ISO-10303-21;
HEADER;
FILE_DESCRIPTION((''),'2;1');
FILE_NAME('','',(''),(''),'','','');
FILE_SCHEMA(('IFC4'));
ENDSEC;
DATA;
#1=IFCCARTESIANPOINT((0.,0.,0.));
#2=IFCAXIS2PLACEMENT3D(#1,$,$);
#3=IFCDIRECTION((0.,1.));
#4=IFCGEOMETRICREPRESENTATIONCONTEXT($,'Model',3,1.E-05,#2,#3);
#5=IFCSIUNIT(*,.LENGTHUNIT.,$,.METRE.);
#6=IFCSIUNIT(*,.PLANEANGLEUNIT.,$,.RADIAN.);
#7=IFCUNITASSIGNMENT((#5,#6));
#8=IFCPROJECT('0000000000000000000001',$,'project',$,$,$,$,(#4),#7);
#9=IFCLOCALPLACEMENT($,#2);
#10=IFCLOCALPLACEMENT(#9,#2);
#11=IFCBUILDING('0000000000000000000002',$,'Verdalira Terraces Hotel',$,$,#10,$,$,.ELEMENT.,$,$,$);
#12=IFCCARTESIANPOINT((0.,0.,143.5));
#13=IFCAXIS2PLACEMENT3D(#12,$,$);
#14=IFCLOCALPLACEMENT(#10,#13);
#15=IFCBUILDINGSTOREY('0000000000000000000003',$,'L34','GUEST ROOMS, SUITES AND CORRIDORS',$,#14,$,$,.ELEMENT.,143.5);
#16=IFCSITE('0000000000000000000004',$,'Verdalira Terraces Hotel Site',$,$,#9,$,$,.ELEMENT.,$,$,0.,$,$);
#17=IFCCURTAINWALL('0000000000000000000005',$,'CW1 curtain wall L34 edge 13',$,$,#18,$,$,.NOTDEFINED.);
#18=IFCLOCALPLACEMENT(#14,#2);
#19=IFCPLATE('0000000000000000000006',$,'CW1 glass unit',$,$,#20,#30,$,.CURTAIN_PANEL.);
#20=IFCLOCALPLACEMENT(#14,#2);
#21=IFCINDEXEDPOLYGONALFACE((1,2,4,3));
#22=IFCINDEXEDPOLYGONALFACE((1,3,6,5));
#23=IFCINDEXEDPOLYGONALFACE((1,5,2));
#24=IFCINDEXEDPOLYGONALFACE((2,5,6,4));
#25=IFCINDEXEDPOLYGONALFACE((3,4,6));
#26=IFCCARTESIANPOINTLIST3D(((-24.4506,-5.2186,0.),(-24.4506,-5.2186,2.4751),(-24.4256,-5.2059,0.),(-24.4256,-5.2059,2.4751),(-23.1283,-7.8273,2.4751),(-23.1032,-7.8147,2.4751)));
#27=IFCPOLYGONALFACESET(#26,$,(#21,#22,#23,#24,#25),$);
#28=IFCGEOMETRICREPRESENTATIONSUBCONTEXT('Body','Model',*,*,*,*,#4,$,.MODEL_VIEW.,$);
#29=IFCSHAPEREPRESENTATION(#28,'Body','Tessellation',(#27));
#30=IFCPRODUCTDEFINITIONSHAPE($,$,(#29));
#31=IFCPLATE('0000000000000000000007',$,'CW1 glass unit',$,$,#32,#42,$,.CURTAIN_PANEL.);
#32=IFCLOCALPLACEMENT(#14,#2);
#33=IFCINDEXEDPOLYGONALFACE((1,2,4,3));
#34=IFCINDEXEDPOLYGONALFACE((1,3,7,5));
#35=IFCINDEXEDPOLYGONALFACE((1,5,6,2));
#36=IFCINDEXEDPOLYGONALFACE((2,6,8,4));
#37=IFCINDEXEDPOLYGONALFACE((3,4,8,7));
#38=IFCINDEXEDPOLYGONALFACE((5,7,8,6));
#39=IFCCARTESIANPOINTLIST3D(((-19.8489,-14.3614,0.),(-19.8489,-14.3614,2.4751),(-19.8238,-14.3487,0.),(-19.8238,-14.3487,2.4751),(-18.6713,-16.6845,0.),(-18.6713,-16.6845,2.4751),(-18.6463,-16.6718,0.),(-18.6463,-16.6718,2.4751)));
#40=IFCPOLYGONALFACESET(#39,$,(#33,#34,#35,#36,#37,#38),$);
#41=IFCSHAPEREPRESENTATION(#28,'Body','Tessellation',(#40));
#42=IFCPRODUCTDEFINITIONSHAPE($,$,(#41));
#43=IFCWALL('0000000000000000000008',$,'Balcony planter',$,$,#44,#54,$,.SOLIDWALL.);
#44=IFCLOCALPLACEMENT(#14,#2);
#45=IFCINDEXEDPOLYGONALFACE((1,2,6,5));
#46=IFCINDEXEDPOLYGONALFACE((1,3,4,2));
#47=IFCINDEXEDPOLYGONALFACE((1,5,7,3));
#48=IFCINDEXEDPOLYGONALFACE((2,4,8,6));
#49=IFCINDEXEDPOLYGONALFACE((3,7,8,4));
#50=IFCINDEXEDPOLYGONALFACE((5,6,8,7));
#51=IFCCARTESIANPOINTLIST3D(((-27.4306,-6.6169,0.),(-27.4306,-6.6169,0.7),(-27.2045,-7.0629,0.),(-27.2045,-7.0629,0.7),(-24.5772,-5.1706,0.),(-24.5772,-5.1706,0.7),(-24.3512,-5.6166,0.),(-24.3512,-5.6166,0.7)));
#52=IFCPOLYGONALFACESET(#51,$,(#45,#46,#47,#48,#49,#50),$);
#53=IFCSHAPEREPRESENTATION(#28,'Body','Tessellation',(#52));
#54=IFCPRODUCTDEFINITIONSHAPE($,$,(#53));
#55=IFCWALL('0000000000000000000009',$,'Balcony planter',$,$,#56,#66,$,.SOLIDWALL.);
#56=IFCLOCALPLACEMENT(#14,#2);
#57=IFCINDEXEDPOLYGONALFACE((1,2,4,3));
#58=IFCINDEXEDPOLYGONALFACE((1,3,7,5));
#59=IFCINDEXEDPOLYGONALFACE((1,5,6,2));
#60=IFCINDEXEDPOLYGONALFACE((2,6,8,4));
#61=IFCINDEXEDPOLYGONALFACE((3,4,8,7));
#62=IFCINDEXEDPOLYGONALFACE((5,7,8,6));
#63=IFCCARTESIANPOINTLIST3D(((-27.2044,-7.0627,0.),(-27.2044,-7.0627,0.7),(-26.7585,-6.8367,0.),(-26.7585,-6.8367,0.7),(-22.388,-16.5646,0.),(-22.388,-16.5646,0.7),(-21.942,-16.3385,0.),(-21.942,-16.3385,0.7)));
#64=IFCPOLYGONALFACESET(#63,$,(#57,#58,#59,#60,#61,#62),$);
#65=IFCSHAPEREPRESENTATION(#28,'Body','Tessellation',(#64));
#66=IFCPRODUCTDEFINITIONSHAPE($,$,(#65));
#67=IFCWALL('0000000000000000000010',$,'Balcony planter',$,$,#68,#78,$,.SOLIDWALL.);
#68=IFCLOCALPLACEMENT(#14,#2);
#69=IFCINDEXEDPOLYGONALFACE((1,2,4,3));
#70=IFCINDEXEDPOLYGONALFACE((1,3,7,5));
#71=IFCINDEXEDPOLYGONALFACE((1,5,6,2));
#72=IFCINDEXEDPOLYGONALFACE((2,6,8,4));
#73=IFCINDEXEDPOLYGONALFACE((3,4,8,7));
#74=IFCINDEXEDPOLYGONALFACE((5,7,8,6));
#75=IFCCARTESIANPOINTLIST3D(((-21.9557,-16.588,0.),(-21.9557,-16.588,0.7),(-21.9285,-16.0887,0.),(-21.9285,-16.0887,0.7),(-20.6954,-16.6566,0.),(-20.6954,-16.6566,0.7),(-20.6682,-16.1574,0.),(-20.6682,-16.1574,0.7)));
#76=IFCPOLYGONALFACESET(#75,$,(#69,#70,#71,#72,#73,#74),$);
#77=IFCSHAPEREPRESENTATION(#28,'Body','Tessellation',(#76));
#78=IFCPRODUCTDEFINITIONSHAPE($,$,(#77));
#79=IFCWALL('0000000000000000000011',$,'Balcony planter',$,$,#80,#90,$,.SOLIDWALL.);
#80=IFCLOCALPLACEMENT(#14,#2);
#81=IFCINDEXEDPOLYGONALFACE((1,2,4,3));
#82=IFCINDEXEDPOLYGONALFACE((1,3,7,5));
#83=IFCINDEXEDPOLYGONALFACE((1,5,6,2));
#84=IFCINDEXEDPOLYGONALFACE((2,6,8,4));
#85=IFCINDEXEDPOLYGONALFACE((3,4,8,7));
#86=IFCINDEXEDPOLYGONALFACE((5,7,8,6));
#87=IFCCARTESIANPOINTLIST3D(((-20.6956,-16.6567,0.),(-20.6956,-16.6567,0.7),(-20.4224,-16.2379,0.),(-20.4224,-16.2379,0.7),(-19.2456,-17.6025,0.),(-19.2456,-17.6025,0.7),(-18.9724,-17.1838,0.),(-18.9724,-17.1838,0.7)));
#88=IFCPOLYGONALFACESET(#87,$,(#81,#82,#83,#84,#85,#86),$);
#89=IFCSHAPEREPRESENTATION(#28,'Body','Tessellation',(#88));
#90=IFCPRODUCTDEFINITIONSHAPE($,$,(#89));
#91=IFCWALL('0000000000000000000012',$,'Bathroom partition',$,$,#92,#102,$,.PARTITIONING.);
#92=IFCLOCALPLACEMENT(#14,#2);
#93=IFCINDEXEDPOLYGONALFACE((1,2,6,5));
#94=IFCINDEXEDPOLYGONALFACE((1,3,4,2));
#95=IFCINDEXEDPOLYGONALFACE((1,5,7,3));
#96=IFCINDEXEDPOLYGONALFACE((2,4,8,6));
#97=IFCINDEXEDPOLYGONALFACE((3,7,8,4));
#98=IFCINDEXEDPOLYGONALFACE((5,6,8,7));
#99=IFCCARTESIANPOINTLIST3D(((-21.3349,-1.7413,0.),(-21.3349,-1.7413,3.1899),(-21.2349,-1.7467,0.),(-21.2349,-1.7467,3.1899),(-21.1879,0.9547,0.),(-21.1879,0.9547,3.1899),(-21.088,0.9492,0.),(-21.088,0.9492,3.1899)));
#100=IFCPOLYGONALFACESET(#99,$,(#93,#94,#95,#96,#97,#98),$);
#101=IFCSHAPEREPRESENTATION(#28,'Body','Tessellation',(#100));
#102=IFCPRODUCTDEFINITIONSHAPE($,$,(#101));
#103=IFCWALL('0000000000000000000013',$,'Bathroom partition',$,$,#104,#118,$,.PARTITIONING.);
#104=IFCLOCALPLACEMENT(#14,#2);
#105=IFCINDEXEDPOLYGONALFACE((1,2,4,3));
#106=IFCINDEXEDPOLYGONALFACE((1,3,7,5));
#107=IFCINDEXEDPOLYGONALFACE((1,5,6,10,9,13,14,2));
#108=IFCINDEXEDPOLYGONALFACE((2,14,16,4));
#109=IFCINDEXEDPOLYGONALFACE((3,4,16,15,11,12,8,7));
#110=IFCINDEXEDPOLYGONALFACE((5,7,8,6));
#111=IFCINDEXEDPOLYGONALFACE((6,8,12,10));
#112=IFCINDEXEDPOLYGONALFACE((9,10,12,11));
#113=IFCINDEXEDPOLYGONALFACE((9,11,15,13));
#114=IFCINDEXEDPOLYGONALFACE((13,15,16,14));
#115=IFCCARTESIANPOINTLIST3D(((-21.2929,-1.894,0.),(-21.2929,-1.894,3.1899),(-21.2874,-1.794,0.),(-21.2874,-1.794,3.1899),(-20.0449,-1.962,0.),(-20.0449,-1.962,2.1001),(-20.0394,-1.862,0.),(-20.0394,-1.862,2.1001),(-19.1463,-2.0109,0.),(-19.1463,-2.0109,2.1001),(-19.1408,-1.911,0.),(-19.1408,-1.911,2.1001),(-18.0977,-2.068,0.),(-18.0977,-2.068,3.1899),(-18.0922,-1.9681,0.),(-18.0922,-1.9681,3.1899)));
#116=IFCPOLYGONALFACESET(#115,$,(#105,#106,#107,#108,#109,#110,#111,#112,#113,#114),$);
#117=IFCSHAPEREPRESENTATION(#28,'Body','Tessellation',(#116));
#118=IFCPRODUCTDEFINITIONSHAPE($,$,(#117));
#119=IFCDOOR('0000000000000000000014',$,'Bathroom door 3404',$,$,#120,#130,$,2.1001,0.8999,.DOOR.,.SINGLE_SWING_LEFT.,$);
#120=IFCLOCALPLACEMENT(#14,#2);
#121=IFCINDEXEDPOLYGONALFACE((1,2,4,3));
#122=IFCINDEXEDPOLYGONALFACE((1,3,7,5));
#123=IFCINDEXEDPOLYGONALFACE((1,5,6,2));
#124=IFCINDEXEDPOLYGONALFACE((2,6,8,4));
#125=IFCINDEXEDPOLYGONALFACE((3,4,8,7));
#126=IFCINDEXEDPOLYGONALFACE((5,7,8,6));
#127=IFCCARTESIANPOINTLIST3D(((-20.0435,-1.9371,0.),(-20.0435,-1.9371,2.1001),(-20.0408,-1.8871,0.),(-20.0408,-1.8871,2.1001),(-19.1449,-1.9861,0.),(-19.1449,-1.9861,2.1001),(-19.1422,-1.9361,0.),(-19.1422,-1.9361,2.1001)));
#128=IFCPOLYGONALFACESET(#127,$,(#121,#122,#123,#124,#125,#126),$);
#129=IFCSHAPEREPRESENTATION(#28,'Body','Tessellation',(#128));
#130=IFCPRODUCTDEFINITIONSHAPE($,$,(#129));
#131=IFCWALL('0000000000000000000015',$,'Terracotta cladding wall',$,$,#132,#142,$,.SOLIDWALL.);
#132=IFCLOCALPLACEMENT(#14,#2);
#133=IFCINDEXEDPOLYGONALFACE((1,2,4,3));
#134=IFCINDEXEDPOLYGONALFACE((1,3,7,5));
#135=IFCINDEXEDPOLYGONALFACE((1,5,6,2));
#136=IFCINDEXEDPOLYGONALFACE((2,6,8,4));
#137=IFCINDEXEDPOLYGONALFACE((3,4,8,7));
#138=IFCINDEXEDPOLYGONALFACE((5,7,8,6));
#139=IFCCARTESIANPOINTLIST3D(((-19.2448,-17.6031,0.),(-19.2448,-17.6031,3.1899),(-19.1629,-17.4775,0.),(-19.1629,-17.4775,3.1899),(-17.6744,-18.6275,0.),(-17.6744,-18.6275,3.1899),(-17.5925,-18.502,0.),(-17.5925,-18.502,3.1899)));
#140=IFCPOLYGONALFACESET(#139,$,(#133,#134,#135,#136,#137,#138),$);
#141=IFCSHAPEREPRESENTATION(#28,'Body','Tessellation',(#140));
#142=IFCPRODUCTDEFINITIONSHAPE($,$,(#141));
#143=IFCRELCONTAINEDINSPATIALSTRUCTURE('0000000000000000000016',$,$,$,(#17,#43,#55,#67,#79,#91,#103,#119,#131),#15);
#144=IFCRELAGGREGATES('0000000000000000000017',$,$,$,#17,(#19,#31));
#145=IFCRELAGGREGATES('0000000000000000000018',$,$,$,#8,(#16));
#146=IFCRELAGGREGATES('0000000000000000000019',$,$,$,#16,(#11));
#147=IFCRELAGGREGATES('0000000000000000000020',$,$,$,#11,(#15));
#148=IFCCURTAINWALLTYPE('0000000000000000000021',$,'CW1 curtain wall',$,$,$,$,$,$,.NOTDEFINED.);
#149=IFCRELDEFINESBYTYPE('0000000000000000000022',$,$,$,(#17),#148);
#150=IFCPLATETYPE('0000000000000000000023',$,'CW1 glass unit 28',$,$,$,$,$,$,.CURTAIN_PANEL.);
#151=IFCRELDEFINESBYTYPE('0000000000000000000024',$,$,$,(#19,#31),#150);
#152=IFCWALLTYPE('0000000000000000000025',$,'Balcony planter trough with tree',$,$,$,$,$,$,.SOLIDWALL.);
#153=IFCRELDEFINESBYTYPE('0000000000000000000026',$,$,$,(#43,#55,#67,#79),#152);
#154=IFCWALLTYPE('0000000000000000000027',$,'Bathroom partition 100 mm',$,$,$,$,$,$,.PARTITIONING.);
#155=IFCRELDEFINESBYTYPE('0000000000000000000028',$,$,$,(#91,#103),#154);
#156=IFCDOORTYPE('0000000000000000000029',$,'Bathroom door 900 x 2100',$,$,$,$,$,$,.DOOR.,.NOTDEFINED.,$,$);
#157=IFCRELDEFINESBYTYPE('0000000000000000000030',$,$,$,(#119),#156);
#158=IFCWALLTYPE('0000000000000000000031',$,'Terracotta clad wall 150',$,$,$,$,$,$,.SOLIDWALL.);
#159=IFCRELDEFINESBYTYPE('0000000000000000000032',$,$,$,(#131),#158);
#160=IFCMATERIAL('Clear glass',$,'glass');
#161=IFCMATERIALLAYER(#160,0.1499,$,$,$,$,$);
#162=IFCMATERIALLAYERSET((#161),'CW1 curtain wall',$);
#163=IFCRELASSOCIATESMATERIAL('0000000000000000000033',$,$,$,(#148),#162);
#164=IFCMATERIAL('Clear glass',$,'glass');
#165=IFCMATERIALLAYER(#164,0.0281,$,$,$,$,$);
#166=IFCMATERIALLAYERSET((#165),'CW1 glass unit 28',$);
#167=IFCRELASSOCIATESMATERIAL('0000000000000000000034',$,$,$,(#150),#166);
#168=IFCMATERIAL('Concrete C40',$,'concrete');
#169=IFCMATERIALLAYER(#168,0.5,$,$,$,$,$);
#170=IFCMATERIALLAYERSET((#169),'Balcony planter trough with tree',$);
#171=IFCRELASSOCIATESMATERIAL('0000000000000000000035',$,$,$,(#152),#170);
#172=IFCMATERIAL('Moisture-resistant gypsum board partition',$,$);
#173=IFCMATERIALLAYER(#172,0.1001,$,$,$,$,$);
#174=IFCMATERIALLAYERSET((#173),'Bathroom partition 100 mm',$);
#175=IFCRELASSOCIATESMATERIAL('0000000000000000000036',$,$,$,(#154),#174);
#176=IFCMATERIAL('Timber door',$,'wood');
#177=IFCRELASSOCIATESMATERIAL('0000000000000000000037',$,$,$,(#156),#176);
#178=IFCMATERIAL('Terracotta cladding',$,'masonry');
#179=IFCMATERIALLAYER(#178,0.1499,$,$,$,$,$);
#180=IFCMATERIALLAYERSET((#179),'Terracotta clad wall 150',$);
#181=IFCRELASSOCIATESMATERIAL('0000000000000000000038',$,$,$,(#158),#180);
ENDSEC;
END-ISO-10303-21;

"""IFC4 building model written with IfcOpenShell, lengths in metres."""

from ifc_helpers import new_model, si_unit, direction, frame, frame_2d, origin, origin_2d, place, context, subcontext, project, spatial, polyline, rectangle, outline, extrude, material, layer, layer_set, type_object, element, fill, aggregate, save


model = new_model("IFC4")

# Units and contexts
model_context = context("Model", 3, precision=1e-05, world=origin(), true_north=direction((0.0, 1.0)))
body_context = subcontext(model_context, "Body", "Model", "MODEL_VIEW")
ifc_project = project(units=[si_unit("LENGTHUNIT", "METRE"), si_unit("PLANEANGLEUNIT", "RADIAN")], contexts=[model_context])

# Site, building, storey
site_placement = place(None, origin())
site = spatial("IfcSite", under=ifc_project, at=site_placement, Name="Verdalira Terraces Hotel Site", CompositionType="ELEMENT", RefElevation=0.0)
building_placement = place(site_placement, origin())
building = spatial("IfcBuilding", under=site, at=building_placement, Name="Verdalira Terraces Hotel", CompositionType="ELEMENT")
storey_placement = place(building_placement, frame((0.0, 0.0, 143.5)))
storey = spatial("IfcBuildingStorey", under=building, at=storey_placement, Name="L34", Description="GUEST ROOMS, SUITES AND CORRIDORS", CompositionType="ELEMENT", Elevation=143.5)

# Shared definitions
ifc_material_1 = material(Name="Clear glass", Category="glass")
ifc_layer_1 = layer(ifc_material_1, 0.1499)
ifc_layer_set_1 = layer_set([ifc_layer_1], Name="CW1 curtain wall")
curtain_wall_type = type_object("IfcCurtainWallType", Name="CW1 curtain wall", PredefinedType="NOTDEFINED", material=ifc_layer_set_1)

# Curtain wall
curtain_wall_1_placement = place(storey_placement, origin())
curtain_wall_1 = element("IfcCurtainWall", 1, at=curtain_wall_1_placement, inside=storey, type_object=curtain_wall_type, Name="CW1 curtain wall L34 edge 13", PredefinedType="NOTDEFINED")

# Plates
ifc_material_2 = material(Name="Clear glass", Category="glass")
ifc_layer_2 = layer(ifc_material_2, 0.0281)
ifc_layer_set_2 = layer_set([ifc_layer_2], Name="CW1 glass unit 28")
plate_type = type_object("IfcPlateType", Name="CW1 glass unit 28", PredefinedType="CURTAIN_PANEL", material=ifc_layer_set_2)
plate_1_placement = place(storey_placement, frame((-23.7644, -6.5103, 1.2375), z_axis=(-0.891955, -0.452123, 0.0), x_axis=(0.452123, -0.891955, 0.0)))
plate_1 = element("IfcPlate", 2, at=plate_1_placement, type_object=plate_type, Name="CW1 glass unit", PredefinedType="CURTAIN_PANEL", context=body_context, shape_type="SweptSolid", body=[
    extrude(outline(polyline([(-1.4624, -1.2375), (1.4624, 1.2375), (-1.4624, 1.2375), (-1.4624, -1.2375)])), origin(), (0.0, 0.0, 1.0), 0.0281),
])
plate_2_placement = place(storey_placement, frame((-19.2476, -15.5166, 0.0), z_axis=(0.0, 0.0, 1.0), x_axis=(0.452123, -0.891955, 0.0)))
plate_2 = element("IfcPlate", 3, at=plate_2_placement, type_object=plate_type, Name="CW1 glass unit", PredefinedType="CURTAIN_PANEL", context=body_context, shape_type="SweptSolid", body=[
    extrude(rectangle(XDim=2.6045, YDim=0.0281, at=origin_2d()), origin(), (0.0, 0.0, 1.0), 2.4751),
])
aggregate(curtain_wall_1, [plate_1, plate_2])

# Walls
ifc_material_3 = material(Name="Concrete C40", Category="concrete")
ifc_layer_3 = layer(ifc_material_3, 0.5)
ifc_layer_set_3 = layer_set([ifc_layer_3], Name="Balcony planter trough with tree")
wall_type_1 = type_object("IfcWallType", Name="Balcony planter trough with tree", PredefinedType="SOLIDWALL", material=ifc_layer_set_3)
wall_1_placement = place(storey_placement, frame((-24.4641, -5.3936, 0.0), z_axis=(0.0, 0.0, 1.0), x_axis=(-0.891956, -0.452122, 0.0)))
element("IfcWall", 4, at=wall_1_placement, inside=storey, type_object=wall_type_1, Name="Balcony planter", PredefinedType="SOLIDWALL", context=body_context, shape_type="SweptSolid", body=[
    extrude(rectangle(XDim=3.199, YDim=0.5, at=frame_2d((1.5996, 0.0))), origin(), (0.0, 0.0, 1.0), 0.7),
])
wall_2_placement = place(storey_placement, frame((-26.9814, -6.9497, 0.0), z_axis=(0.0, 0.0, 1.0), x_axis=(0.45213, -0.891952, 0.0)))
element("IfcWall", 5, at=wall_2_placement, inside=storey, type_object=wall_type_1, Name="Balcony planter", PredefinedType="SOLIDWALL", context=body_context, shape_type="SweptSolid", body=[
    extrude(rectangle(XDim=10.6528, YDim=0.5, at=frame_2d((5.3264, 0.0))), origin(), (0.0, 0.0, 1.0), 0.7),
])
wall_3_placement = place(storey_placement, frame((-21.9421, -16.3384, 0.0), z_axis=(0.0, 0.0, 1.0), x_axis=(0.998522, -0.054356, 0.0)))
element("IfcWall", 6, at=wall_3_placement, inside=storey, type_object=wall_type_1, Name="Balcony planter", PredefinedType="SOLIDWALL", context=body_context, shape_type="SweptSolid", body=[
    extrude(rectangle(XDim=1.2622, YDim=0.5, at=frame_2d((0.6311, 0.0))), origin(), (0.0, 0.0, 1.0), 0.7),
])
wall_4_placement = place(storey_placement, frame((-20.5591, -16.4473, 0.0), z_axis=(0.0, 0.0, 1.0), x_axis=(0.837563, -0.546341, 0.0)))
element("IfcWall", 7, at=wall_4_placement, inside=storey, type_object=wall_type_1, Name="Balcony planter", PredefinedType="SOLIDWALL", context=body_context, shape_type="SweptSolid", body=[
    extrude(rectangle(XDim=1.7312, YDim=0.5, at=frame_2d((0.8657, 0.0))), origin(), (0.0, 0.0, 1.0), 0.7),
])
ifc_material_4 = material(Name="Moisture-resistant gypsum board partition")
ifc_layer_4 = layer(ifc_material_4, 0.1001)
ifc_layer_set_4 = layer_set([ifc_layer_4], Name="Bathroom partition 100 mm")
wall_type_2 = type_object("IfcWallType", Name="Bathroom partition 100 mm", PredefinedType="PARTITIONING", material=ifc_layer_set_4)
wall_5_placement = place(storey_placement, frame((-21.2849, -1.7441, 0.0), z_axis=(0.0, 0.0, 1.0), x_axis=(0.054433, 0.998517, 0.0)))
element("IfcWall", 8, at=wall_5_placement, inside=storey, type_object=wall_type_2, Name="Bathroom partition", PredefinedType="PARTITIONING", context=body_context, shape_type="SweptSolid", body=[
    extrude(rectangle(XDim=2.7, YDim=0.1001, at=frame_2d((1.3501, 0.0))), origin(), (0.0, 0.0, 1.0), 3.1899),
])

# Wall, opening, door
wall_6_placement = place(storey_placement, frame((-21.2903, -1.844, 0.0), z_axis=(0.0, 0.0, 1.0), x_axis=(0.998519, -0.054397, 0.0)))
wall_6 = element("IfcWall", 9, at=wall_6_placement, inside=storey, type_object=wall_type_2, Name="Bathroom partition", PredefinedType="PARTITIONING", context=body_context, shape_type="SweptSolid", body=[
    extrude(rectangle(XDim=3.2, YDim=0.1001, at=frame_2d((1.6001, 0.0))), origin(), (0.0, 0.0, 1.0), 3.1899),
])
opening_1_placement = place(wall_6_placement, frame((1.25, 0.0, 0.0)))
opening_1 = element("IfcOpeningElement", 10, at=opening_1_placement, cuts=wall_6, PredefinedType="OPENING", context=body_context, shape_type="SweptSolid", body=[
    extrude(rectangle(XDim=0.8999, YDim=2.1001, at=frame_2d((0.45, 1.05))), frame((0.0, 0.0601, 0.0), z_axis=(0.0, -1.0, 0.0), x_axis=(1.0, 0.0, 0.0)), (0.0, 0.0, 1.0), 0.1201),
])
ifc_material_5 = material(Name="Timber door", Category="wood")
door_type_1 = type_object("IfcDoorType", Name="Bathroom door 900 x 2100", OperationType="NOTDEFINED", PredefinedType="DOOR", material=ifc_material_5)
door_1_placement = place(opening_1_placement, origin())
door_1 = element("IfcDoor", 11, at=door_1_placement, inside=storey, type_object=door_type_1, Name="Bathroom door 3404", OperationType="SINGLE_SWING_LEFT", OverallHeight=2.1001, OverallWidth=0.8999, PredefinedType="DOOR", context=body_context, shape_type="SweptSolid", body=[
    extrude(rectangle(XDim=0.8999, YDim=2.1001, at=frame_2d((0.45, 1.05))), frame((0.0, 0.0249, 0.0), z_axis=(0.0, -1.0, 0.0), x_axis=(1.0, 0.0, 0.0)), (0.0, 0.0, 1.0), 0.05),
])
fill(opening_1, door_1)

# Wall
ifc_material_6 = material(Name="Terracotta cladding", Category="masonry")
ifc_layer_5 = layer(ifc_material_6, 0.1499)
ifc_layer_set_5 = layer_set([ifc_layer_5], Name="Terracotta clad wall 150")
wall_type_3 = type_object("IfcWallType", Name="Terracotta clad wall 150", PredefinedType="SOLIDWALL", material=ifc_layer_set_5)
wall_7_placement = place(storey_placement, frame((-19.2039, -17.5403, 0.0), z_axis=(0.0, 0.0, 1.0), x_axis=(0.837538, -0.546379, 0.0)))
element("IfcWall", 12, at=wall_7_placement, inside=storey, type_object=wall_type_3, Name="Terracotta cladding wall", PredefinedType="SOLIDWALL", context=body_context, shape_type="SweptSolid", body=[
    extrude(rectangle(XDim=1.875, YDim=0.1499, at=frame_2d((0.9375, 0.0))), origin(), (0.0, 0.0, 1.0), 3.1899),
])

save(model, "model.ifc")
